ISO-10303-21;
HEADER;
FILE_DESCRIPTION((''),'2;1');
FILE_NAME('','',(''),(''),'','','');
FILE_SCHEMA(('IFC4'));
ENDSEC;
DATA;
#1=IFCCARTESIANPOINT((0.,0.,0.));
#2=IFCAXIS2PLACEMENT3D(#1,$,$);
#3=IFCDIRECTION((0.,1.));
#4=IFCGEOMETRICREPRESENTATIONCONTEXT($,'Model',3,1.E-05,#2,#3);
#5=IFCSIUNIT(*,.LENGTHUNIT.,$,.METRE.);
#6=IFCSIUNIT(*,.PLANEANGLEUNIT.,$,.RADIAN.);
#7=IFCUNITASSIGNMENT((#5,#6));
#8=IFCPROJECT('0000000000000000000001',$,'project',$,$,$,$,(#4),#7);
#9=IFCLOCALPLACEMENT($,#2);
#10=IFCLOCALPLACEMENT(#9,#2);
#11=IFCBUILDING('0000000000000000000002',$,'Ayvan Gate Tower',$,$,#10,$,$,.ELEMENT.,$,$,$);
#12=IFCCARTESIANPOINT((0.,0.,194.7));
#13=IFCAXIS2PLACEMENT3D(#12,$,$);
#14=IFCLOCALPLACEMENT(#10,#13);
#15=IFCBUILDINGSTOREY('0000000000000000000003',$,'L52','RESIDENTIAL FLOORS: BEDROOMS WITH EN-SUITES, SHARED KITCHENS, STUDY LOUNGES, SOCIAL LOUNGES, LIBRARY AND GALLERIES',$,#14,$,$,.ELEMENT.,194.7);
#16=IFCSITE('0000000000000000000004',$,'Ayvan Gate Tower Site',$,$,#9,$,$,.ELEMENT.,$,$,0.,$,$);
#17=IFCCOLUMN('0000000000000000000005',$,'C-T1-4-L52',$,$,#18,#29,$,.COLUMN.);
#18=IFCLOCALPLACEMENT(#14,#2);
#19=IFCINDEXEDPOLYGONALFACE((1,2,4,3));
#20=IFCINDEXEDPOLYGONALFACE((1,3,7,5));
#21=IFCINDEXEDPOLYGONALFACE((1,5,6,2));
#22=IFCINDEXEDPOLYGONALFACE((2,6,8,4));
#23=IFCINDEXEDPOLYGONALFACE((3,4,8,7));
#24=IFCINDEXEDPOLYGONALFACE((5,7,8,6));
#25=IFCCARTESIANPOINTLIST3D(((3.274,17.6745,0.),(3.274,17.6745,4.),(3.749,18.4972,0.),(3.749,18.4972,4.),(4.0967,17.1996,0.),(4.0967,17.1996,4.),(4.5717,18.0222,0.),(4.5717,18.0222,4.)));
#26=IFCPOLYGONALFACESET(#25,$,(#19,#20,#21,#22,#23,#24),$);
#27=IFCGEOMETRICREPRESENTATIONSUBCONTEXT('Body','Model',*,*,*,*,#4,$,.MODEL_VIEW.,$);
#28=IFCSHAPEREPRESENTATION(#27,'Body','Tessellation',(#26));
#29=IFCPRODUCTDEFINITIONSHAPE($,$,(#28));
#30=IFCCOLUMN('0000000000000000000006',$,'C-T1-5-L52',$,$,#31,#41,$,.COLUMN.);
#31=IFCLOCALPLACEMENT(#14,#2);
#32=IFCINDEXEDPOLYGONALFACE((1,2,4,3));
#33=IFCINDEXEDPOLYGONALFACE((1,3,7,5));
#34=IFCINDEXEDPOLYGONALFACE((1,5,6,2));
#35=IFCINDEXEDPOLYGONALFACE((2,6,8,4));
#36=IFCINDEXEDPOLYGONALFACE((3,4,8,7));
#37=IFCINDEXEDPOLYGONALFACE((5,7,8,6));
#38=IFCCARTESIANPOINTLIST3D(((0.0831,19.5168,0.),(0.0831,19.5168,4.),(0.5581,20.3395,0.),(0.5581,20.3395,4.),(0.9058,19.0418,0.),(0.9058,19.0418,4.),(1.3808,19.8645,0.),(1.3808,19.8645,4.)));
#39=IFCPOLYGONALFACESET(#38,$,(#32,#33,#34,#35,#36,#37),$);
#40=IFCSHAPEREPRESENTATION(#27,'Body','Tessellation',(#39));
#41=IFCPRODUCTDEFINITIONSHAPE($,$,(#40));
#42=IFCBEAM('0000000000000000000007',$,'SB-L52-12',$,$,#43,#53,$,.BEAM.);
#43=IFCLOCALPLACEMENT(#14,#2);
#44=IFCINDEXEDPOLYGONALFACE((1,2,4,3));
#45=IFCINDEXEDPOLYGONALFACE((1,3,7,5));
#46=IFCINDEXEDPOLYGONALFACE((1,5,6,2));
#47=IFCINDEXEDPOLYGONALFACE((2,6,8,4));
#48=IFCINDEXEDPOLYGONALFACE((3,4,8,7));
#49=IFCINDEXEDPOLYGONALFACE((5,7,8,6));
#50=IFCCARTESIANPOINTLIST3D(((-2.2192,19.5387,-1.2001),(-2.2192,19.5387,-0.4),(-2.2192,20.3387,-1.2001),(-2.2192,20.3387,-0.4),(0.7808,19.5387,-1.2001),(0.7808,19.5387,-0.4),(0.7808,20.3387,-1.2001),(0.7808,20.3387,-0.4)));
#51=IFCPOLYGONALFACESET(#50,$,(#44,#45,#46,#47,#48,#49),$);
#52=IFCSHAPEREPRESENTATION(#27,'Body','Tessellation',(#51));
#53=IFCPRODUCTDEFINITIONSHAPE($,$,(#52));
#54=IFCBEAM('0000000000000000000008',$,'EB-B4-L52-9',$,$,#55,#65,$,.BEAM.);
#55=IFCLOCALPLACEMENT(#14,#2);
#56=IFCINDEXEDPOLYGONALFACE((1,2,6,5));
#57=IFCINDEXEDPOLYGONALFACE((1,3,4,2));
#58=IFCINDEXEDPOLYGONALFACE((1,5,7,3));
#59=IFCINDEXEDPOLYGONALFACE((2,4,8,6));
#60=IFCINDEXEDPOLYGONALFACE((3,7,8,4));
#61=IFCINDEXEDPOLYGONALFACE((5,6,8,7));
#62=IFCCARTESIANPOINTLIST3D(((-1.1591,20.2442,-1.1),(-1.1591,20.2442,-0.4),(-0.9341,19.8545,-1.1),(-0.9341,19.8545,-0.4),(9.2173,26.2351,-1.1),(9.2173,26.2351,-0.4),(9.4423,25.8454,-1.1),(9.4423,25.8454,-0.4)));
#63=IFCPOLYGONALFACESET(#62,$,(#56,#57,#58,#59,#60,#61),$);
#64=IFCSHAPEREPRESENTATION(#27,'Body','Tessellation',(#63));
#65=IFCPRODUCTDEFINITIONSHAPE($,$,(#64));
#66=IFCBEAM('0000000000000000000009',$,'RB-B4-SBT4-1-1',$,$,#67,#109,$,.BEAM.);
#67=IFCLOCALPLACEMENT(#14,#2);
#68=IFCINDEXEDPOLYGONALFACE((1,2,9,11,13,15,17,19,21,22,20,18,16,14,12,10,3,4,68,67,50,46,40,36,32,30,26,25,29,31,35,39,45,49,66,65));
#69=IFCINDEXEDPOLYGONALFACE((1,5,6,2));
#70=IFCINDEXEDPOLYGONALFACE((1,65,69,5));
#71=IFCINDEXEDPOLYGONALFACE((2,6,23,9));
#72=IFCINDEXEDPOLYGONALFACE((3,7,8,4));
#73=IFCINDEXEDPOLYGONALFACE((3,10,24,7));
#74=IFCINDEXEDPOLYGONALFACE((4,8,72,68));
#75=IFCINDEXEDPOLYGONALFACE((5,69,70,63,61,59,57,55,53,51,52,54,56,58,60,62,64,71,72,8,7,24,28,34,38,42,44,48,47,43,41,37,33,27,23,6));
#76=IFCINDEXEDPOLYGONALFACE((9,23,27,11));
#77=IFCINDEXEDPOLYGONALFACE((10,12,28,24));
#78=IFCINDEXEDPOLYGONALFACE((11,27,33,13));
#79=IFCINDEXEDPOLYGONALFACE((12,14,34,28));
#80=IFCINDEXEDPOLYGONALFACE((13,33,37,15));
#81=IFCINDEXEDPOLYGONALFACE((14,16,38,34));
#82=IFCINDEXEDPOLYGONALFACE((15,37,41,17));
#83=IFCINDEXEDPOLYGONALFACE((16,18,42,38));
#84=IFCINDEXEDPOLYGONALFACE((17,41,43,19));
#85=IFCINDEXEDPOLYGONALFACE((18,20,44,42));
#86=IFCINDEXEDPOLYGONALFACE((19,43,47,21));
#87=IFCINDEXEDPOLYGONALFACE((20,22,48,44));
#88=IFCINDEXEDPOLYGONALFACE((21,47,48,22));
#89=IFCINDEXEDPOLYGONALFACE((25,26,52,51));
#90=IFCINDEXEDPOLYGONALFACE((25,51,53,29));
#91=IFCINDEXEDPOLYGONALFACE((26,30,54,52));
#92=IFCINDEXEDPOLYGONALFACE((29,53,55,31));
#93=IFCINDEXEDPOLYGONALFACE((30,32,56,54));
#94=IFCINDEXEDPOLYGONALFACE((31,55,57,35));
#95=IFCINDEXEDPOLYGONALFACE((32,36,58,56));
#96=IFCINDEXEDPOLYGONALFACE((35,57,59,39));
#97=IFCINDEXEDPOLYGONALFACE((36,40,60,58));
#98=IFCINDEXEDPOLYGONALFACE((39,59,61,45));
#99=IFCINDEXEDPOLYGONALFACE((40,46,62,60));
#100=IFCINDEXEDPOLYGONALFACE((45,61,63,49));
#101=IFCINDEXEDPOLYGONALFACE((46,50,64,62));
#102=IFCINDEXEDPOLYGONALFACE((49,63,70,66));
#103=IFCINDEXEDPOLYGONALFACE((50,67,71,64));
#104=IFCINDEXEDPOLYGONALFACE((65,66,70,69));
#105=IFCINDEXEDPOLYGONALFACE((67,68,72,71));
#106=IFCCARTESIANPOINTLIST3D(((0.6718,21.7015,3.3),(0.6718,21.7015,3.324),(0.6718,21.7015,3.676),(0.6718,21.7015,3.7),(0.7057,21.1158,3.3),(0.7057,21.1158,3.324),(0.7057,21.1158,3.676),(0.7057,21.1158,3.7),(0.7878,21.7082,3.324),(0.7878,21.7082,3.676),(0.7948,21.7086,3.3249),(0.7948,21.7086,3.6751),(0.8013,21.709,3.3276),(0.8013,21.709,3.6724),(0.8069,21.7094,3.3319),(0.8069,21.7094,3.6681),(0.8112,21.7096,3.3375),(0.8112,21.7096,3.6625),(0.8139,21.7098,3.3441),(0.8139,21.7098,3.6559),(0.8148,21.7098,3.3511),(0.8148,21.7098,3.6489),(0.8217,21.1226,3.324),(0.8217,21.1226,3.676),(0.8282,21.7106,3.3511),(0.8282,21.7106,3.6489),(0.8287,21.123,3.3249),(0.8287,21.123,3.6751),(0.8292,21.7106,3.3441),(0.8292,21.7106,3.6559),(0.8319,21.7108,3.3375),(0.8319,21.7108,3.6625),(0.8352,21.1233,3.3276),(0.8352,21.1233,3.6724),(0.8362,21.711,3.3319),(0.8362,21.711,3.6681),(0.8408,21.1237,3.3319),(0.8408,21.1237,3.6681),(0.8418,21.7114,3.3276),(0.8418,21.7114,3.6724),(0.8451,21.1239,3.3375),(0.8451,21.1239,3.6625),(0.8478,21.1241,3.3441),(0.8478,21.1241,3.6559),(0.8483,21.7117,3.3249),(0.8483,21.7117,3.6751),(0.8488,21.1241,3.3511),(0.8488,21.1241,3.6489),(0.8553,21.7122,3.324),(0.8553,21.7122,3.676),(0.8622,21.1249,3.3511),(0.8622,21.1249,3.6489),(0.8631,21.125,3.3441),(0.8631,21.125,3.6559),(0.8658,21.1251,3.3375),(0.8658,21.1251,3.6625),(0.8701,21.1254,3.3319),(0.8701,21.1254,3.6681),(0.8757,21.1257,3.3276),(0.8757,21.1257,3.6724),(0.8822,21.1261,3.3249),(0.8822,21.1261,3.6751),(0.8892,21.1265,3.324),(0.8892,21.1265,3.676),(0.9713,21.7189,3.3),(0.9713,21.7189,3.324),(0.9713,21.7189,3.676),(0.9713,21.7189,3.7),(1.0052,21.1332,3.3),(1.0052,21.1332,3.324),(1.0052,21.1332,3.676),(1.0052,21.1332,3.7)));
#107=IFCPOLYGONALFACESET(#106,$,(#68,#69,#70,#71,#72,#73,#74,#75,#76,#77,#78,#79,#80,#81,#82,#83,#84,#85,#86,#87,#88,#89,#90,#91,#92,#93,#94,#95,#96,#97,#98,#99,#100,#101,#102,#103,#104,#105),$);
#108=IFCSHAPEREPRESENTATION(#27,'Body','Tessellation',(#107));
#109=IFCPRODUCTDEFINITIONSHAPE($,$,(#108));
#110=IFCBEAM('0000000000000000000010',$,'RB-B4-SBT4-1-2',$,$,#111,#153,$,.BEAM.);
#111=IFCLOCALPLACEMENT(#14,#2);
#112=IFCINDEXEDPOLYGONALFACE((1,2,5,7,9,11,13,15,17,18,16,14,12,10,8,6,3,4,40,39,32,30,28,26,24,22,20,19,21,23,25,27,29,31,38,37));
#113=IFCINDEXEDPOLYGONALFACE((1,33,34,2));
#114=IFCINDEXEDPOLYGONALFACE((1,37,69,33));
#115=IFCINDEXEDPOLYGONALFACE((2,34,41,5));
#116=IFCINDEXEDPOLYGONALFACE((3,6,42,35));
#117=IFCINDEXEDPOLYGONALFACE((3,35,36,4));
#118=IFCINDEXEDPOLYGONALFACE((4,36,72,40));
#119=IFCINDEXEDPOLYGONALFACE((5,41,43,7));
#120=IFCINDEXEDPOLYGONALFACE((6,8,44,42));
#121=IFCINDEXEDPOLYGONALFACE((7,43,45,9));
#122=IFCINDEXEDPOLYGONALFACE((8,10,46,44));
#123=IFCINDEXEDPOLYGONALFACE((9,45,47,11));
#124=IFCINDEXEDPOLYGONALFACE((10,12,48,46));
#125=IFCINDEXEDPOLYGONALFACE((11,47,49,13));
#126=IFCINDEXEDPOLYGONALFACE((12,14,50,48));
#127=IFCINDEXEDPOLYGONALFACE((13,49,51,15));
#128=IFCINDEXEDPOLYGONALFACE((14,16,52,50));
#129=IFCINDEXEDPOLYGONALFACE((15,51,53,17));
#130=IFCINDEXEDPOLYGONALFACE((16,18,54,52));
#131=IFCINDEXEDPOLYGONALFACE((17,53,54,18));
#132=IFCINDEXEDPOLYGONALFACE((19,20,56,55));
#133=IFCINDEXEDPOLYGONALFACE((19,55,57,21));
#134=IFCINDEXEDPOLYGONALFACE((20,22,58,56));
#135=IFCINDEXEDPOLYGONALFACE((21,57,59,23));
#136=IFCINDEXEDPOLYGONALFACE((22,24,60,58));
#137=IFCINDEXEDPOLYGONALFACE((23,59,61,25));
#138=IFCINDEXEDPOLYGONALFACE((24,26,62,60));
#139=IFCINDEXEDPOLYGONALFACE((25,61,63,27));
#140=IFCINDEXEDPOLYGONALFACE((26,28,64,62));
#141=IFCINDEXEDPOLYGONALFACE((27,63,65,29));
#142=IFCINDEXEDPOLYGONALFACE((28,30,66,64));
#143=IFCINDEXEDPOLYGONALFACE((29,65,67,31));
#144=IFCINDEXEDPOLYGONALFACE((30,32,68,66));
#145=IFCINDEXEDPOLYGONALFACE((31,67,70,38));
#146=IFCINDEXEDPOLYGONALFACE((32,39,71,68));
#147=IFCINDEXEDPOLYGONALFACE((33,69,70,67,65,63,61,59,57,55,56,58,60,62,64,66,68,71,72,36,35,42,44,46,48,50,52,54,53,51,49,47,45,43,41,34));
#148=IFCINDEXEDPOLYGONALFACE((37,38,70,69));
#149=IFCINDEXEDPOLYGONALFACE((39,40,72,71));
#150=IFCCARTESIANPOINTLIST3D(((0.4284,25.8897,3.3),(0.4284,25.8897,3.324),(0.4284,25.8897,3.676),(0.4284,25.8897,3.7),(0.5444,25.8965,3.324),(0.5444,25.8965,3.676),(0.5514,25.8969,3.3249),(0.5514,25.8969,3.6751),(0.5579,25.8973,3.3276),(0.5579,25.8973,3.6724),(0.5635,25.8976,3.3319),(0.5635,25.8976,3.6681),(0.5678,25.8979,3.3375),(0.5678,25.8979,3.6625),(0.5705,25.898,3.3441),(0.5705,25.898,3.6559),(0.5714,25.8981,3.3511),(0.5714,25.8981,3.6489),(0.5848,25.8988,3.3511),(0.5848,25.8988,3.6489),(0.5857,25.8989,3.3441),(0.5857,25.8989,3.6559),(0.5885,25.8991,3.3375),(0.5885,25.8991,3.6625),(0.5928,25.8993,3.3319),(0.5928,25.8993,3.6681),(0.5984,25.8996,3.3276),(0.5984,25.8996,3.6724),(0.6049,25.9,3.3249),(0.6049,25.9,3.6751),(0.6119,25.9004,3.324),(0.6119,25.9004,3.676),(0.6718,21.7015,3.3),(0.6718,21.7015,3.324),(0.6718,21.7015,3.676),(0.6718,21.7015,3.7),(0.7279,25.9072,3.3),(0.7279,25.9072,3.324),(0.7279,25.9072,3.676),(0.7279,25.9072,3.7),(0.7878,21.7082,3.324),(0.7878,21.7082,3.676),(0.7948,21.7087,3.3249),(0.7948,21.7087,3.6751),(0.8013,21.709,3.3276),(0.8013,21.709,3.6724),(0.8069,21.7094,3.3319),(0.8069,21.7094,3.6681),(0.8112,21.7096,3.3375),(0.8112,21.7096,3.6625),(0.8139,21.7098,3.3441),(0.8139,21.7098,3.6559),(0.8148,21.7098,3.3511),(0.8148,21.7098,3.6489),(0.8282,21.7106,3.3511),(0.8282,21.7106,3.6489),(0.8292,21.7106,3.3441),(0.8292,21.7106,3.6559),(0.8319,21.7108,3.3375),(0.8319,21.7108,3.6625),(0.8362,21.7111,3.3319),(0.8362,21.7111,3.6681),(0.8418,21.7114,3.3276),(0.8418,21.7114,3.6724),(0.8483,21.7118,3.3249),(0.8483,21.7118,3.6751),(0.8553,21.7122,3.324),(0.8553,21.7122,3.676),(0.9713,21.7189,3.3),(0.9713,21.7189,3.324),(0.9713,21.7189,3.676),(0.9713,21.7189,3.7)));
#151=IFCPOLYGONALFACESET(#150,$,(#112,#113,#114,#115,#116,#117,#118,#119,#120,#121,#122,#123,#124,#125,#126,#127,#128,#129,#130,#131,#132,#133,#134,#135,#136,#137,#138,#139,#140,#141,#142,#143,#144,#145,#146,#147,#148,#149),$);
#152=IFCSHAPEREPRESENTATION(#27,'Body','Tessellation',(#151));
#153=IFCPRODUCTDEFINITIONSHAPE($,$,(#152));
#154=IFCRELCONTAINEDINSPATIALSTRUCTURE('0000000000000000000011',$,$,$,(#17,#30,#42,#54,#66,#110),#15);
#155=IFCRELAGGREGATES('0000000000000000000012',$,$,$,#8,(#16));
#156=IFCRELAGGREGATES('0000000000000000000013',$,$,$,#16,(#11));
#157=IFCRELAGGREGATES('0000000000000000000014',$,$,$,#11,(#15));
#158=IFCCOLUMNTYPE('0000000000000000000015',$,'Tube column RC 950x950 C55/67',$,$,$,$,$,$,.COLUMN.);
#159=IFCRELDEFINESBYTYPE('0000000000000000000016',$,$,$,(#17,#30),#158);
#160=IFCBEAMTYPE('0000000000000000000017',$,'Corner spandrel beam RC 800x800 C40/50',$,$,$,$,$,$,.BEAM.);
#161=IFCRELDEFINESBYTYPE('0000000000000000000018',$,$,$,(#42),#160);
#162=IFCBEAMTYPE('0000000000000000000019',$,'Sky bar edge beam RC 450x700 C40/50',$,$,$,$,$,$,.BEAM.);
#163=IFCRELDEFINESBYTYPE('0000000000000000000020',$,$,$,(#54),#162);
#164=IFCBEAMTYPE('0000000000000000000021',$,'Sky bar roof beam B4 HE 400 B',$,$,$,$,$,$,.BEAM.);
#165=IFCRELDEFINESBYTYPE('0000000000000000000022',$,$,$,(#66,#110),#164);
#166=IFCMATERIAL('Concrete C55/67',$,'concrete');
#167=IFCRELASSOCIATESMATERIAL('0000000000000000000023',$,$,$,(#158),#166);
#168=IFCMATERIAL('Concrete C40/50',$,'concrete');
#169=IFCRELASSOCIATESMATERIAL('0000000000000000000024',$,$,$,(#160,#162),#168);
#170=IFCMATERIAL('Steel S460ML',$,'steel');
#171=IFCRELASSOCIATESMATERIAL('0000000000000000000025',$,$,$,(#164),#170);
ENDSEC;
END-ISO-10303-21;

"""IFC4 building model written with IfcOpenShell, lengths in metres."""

from ifc_helpers import new_model, si_unit, direction, frame, origin, origin_2d, place, context, subcontext, project, spatial, rectangle, i_section, extrude, material, material_profile, profile_set, type_object, element, save


model = new_model("IFC4")

# Units and contexts
model_context = context("Model", 3, precision=1e-05, world=origin(), true_north=direction((0.0, 1.0)))
body_context = subcontext(model_context, "Body", "Model", "MODEL_VIEW")
ifc_project = project(units=[si_unit("LENGTHUNIT", "METRE"), si_unit("PLANEANGLEUNIT", "RADIAN")], contexts=[model_context])

# Site, building, storey
site_placement = place(None, origin())
site = spatial("IfcSite", under=ifc_project, at=site_placement, Name="Ayvan Gate Tower Site", CompositionType="ELEMENT", RefElevation=0.0)
building_placement = place(site_placement, origin())
building = spatial("IfcBuilding", under=site, at=building_placement, Name="Ayvan Gate Tower", CompositionType="ELEMENT")
storey_placement = place(building_placement, frame((0.0, 0.0, 194.7)))
storey = spatial("IfcBuildingStorey", under=building, at=storey_placement, Name="L52", Description="RESIDENTIAL FLOORS: BEDROOMS WITH EN-SUITES, SHARED KITCHENS, STUDY LOUNGES, SOCIAL LOUNGES, LIBRARY AND GALLERIES", CompositionType="ELEMENT", Elevation=194.7)

# Columns
ifc_material_1 = material(Name="Concrete C55/67", Category="concrete")
ifc_material_profile_1 = material_profile(ifc_material_1, rectangle(XDim=0.95, YDim=0.95, at=origin_2d()), Name="RC 950x950")
ifc_profile_set_1 = profile_set([ifc_material_profile_1], Name="Concrete C55/67")
column_type = type_object("IfcColumnType", Name="Tube column RC 950x950 C55/67", PredefinedType="COLUMN", material=ifc_profile_set_1)
for number, where, z_axis, x_axis, name in (
    (1, (3.9229, 17.8484, 0.0), (0.0, 0.0, 1.0), (0.5, 0.866025, 0.0), "C-T1-4-L52"),
    (2, (0.7319, 19.6907, 0.0), (0.0, 0.0, 1.0), (0.5, 0.866025, 0.0), "C-T1-5-L52"),
):
    element("IfcColumn", number, at=place(storey_placement, frame(where, z_axis=z_axis, x_axis=x_axis)), inside=storey, type_object=column_type, Name=name, PredefinedType="COLUMN", context=body_context, shape_type="SweptSolid", body=[
        extrude(rectangle(XDim=0.95, YDim=0.95, at=origin_2d()), origin(), (0.0, 0.0, 1.0), 4.0),
    ])

# Beams
ifc_material_2 = material(Name="Concrete C40/50", Category="concrete")
ifc_material_profile_2 = material_profile(ifc_material_2, rectangle(XDim=0.8, YDim=0.8, at=origin_2d()), Name="RC 800x800")
ifc_profile_set_2 = profile_set([ifc_material_profile_2], Name="Concrete C40/50")
beam_type_1 = type_object("IfcBeamType", Name="Corner spandrel beam RC 800x800 C40/50", PredefinedType="BEAM", material=ifc_profile_set_2)
beam_1_placement = place(storey_placement, frame((0.7808, 19.9387, -0.8), z_axis=(-1.0, 0.0, 0.0), x_axis=(0.0, -1.0, 0.0)))
element("IfcBeam", 3, at=beam_1_placement, inside=storey, type_object=beam_type_1, Name="SB-L52-12", PredefinedType="BEAM", context=body_context, shape_type="SweptSolid", body=[
    extrude(rectangle(XDim=0.8, YDim=0.8, at=origin_2d()), origin(), (0.0, 0.0, 1.0), 3.0),
])
ifc_material_profile_3 = material_profile(ifc_material_2, rectangle(XDim=0.45, YDim=0.7, at=origin_2d()), Name="RC 450x700")
ifc_profile_set_3 = profile_set([ifc_material_profile_3], Name="Concrete C40/50")
beam_type_2 = type_object("IfcBeamType", Name="Sky bar edge beam RC 450x700 C40/50", PredefinedType="BEAM", material=ifc_profile_set_3)
beam_2_placement = place(storey_placement, frame((9.3298, 26.0403, -0.75), z_axis=(-0.866021, -0.500007, 0.0), x_axis=(0.500007, -0.866021, 0.0)))
element("IfcBeam", 4, at=beam_2_placement, inside=storey, type_object=beam_type_2, Name="EB-B4-L52-9", PredefinedType="BEAM", context=body_context, shape_type="SweptSolid", body=[
    extrude(rectangle(XDim=0.45, YDim=0.7, at=origin_2d()), origin(), (0.0, 0.0, 1.0), 11.9817),
])
ifc_material_3 = material(Name="Steel S460ML", Category="steel")
ifc_material_profile_4 = material_profile(ifc_material_3, i_section(OverallWidth=0.3, OverallDepth=0.3999, WebThickness=0.0134, FlangeThickness=0.0239, FilletRadius=0.0271, at=origin_2d()), Name="HE 400 B")
ifc_profile_set_4 = profile_set([ifc_material_profile_4], Name="Steel S460ML")
beam_type_3 = type_object("IfcBeamType", Name="Sky bar roof beam B4 HE 400 B", PredefinedType="BEAM", material=ifc_profile_set_4)
beam_3_placement = place(storey_placement, frame((0.8555, 21.1245, 3.5), z_axis=(-0.057844, 0.998326, 0.0), x_axis=(-0.998326, -0.057844, 0.0)))
element("IfcBeam", 5, at=beam_3_placement, inside=storey, type_object=beam_type_3, Name="RB-B4-SBT4-1-1", PredefinedType="BEAM", context=body_context, shape_type="SweptSolid", body=[
    extrude(i_section(OverallWidth=0.3, OverallDepth=0.3999, WebThickness=0.0134, FlangeThickness=0.0239, FilletRadius=0.0271, at=origin_2d()), origin(), (0.0, 0.0, 1.0), 0.5867),
])
beam_4_placement = place(storey_placement, frame((0.8215, 21.7102, 3.5), z_axis=(-0.058019, 0.998315, 0.0), x_axis=(-0.998315, -0.058019, 0.0)))
element("IfcBeam", 6, at=beam_4_placement, inside=storey, type_object=beam_type_3, Name="RB-B4-SBT4-1-2", PredefinedType="BEAM", context=body_context, shape_type="SweptSolid", body=[
    extrude(i_section(OverallWidth=0.3, OverallDepth=0.3999, WebThickness=0.0134, FlangeThickness=0.0239, FilletRadius=0.0271, at=origin_2d()), origin(), (0.0, 0.0, 1.0), 4.1953),
])

save(model, "model.ifc")
